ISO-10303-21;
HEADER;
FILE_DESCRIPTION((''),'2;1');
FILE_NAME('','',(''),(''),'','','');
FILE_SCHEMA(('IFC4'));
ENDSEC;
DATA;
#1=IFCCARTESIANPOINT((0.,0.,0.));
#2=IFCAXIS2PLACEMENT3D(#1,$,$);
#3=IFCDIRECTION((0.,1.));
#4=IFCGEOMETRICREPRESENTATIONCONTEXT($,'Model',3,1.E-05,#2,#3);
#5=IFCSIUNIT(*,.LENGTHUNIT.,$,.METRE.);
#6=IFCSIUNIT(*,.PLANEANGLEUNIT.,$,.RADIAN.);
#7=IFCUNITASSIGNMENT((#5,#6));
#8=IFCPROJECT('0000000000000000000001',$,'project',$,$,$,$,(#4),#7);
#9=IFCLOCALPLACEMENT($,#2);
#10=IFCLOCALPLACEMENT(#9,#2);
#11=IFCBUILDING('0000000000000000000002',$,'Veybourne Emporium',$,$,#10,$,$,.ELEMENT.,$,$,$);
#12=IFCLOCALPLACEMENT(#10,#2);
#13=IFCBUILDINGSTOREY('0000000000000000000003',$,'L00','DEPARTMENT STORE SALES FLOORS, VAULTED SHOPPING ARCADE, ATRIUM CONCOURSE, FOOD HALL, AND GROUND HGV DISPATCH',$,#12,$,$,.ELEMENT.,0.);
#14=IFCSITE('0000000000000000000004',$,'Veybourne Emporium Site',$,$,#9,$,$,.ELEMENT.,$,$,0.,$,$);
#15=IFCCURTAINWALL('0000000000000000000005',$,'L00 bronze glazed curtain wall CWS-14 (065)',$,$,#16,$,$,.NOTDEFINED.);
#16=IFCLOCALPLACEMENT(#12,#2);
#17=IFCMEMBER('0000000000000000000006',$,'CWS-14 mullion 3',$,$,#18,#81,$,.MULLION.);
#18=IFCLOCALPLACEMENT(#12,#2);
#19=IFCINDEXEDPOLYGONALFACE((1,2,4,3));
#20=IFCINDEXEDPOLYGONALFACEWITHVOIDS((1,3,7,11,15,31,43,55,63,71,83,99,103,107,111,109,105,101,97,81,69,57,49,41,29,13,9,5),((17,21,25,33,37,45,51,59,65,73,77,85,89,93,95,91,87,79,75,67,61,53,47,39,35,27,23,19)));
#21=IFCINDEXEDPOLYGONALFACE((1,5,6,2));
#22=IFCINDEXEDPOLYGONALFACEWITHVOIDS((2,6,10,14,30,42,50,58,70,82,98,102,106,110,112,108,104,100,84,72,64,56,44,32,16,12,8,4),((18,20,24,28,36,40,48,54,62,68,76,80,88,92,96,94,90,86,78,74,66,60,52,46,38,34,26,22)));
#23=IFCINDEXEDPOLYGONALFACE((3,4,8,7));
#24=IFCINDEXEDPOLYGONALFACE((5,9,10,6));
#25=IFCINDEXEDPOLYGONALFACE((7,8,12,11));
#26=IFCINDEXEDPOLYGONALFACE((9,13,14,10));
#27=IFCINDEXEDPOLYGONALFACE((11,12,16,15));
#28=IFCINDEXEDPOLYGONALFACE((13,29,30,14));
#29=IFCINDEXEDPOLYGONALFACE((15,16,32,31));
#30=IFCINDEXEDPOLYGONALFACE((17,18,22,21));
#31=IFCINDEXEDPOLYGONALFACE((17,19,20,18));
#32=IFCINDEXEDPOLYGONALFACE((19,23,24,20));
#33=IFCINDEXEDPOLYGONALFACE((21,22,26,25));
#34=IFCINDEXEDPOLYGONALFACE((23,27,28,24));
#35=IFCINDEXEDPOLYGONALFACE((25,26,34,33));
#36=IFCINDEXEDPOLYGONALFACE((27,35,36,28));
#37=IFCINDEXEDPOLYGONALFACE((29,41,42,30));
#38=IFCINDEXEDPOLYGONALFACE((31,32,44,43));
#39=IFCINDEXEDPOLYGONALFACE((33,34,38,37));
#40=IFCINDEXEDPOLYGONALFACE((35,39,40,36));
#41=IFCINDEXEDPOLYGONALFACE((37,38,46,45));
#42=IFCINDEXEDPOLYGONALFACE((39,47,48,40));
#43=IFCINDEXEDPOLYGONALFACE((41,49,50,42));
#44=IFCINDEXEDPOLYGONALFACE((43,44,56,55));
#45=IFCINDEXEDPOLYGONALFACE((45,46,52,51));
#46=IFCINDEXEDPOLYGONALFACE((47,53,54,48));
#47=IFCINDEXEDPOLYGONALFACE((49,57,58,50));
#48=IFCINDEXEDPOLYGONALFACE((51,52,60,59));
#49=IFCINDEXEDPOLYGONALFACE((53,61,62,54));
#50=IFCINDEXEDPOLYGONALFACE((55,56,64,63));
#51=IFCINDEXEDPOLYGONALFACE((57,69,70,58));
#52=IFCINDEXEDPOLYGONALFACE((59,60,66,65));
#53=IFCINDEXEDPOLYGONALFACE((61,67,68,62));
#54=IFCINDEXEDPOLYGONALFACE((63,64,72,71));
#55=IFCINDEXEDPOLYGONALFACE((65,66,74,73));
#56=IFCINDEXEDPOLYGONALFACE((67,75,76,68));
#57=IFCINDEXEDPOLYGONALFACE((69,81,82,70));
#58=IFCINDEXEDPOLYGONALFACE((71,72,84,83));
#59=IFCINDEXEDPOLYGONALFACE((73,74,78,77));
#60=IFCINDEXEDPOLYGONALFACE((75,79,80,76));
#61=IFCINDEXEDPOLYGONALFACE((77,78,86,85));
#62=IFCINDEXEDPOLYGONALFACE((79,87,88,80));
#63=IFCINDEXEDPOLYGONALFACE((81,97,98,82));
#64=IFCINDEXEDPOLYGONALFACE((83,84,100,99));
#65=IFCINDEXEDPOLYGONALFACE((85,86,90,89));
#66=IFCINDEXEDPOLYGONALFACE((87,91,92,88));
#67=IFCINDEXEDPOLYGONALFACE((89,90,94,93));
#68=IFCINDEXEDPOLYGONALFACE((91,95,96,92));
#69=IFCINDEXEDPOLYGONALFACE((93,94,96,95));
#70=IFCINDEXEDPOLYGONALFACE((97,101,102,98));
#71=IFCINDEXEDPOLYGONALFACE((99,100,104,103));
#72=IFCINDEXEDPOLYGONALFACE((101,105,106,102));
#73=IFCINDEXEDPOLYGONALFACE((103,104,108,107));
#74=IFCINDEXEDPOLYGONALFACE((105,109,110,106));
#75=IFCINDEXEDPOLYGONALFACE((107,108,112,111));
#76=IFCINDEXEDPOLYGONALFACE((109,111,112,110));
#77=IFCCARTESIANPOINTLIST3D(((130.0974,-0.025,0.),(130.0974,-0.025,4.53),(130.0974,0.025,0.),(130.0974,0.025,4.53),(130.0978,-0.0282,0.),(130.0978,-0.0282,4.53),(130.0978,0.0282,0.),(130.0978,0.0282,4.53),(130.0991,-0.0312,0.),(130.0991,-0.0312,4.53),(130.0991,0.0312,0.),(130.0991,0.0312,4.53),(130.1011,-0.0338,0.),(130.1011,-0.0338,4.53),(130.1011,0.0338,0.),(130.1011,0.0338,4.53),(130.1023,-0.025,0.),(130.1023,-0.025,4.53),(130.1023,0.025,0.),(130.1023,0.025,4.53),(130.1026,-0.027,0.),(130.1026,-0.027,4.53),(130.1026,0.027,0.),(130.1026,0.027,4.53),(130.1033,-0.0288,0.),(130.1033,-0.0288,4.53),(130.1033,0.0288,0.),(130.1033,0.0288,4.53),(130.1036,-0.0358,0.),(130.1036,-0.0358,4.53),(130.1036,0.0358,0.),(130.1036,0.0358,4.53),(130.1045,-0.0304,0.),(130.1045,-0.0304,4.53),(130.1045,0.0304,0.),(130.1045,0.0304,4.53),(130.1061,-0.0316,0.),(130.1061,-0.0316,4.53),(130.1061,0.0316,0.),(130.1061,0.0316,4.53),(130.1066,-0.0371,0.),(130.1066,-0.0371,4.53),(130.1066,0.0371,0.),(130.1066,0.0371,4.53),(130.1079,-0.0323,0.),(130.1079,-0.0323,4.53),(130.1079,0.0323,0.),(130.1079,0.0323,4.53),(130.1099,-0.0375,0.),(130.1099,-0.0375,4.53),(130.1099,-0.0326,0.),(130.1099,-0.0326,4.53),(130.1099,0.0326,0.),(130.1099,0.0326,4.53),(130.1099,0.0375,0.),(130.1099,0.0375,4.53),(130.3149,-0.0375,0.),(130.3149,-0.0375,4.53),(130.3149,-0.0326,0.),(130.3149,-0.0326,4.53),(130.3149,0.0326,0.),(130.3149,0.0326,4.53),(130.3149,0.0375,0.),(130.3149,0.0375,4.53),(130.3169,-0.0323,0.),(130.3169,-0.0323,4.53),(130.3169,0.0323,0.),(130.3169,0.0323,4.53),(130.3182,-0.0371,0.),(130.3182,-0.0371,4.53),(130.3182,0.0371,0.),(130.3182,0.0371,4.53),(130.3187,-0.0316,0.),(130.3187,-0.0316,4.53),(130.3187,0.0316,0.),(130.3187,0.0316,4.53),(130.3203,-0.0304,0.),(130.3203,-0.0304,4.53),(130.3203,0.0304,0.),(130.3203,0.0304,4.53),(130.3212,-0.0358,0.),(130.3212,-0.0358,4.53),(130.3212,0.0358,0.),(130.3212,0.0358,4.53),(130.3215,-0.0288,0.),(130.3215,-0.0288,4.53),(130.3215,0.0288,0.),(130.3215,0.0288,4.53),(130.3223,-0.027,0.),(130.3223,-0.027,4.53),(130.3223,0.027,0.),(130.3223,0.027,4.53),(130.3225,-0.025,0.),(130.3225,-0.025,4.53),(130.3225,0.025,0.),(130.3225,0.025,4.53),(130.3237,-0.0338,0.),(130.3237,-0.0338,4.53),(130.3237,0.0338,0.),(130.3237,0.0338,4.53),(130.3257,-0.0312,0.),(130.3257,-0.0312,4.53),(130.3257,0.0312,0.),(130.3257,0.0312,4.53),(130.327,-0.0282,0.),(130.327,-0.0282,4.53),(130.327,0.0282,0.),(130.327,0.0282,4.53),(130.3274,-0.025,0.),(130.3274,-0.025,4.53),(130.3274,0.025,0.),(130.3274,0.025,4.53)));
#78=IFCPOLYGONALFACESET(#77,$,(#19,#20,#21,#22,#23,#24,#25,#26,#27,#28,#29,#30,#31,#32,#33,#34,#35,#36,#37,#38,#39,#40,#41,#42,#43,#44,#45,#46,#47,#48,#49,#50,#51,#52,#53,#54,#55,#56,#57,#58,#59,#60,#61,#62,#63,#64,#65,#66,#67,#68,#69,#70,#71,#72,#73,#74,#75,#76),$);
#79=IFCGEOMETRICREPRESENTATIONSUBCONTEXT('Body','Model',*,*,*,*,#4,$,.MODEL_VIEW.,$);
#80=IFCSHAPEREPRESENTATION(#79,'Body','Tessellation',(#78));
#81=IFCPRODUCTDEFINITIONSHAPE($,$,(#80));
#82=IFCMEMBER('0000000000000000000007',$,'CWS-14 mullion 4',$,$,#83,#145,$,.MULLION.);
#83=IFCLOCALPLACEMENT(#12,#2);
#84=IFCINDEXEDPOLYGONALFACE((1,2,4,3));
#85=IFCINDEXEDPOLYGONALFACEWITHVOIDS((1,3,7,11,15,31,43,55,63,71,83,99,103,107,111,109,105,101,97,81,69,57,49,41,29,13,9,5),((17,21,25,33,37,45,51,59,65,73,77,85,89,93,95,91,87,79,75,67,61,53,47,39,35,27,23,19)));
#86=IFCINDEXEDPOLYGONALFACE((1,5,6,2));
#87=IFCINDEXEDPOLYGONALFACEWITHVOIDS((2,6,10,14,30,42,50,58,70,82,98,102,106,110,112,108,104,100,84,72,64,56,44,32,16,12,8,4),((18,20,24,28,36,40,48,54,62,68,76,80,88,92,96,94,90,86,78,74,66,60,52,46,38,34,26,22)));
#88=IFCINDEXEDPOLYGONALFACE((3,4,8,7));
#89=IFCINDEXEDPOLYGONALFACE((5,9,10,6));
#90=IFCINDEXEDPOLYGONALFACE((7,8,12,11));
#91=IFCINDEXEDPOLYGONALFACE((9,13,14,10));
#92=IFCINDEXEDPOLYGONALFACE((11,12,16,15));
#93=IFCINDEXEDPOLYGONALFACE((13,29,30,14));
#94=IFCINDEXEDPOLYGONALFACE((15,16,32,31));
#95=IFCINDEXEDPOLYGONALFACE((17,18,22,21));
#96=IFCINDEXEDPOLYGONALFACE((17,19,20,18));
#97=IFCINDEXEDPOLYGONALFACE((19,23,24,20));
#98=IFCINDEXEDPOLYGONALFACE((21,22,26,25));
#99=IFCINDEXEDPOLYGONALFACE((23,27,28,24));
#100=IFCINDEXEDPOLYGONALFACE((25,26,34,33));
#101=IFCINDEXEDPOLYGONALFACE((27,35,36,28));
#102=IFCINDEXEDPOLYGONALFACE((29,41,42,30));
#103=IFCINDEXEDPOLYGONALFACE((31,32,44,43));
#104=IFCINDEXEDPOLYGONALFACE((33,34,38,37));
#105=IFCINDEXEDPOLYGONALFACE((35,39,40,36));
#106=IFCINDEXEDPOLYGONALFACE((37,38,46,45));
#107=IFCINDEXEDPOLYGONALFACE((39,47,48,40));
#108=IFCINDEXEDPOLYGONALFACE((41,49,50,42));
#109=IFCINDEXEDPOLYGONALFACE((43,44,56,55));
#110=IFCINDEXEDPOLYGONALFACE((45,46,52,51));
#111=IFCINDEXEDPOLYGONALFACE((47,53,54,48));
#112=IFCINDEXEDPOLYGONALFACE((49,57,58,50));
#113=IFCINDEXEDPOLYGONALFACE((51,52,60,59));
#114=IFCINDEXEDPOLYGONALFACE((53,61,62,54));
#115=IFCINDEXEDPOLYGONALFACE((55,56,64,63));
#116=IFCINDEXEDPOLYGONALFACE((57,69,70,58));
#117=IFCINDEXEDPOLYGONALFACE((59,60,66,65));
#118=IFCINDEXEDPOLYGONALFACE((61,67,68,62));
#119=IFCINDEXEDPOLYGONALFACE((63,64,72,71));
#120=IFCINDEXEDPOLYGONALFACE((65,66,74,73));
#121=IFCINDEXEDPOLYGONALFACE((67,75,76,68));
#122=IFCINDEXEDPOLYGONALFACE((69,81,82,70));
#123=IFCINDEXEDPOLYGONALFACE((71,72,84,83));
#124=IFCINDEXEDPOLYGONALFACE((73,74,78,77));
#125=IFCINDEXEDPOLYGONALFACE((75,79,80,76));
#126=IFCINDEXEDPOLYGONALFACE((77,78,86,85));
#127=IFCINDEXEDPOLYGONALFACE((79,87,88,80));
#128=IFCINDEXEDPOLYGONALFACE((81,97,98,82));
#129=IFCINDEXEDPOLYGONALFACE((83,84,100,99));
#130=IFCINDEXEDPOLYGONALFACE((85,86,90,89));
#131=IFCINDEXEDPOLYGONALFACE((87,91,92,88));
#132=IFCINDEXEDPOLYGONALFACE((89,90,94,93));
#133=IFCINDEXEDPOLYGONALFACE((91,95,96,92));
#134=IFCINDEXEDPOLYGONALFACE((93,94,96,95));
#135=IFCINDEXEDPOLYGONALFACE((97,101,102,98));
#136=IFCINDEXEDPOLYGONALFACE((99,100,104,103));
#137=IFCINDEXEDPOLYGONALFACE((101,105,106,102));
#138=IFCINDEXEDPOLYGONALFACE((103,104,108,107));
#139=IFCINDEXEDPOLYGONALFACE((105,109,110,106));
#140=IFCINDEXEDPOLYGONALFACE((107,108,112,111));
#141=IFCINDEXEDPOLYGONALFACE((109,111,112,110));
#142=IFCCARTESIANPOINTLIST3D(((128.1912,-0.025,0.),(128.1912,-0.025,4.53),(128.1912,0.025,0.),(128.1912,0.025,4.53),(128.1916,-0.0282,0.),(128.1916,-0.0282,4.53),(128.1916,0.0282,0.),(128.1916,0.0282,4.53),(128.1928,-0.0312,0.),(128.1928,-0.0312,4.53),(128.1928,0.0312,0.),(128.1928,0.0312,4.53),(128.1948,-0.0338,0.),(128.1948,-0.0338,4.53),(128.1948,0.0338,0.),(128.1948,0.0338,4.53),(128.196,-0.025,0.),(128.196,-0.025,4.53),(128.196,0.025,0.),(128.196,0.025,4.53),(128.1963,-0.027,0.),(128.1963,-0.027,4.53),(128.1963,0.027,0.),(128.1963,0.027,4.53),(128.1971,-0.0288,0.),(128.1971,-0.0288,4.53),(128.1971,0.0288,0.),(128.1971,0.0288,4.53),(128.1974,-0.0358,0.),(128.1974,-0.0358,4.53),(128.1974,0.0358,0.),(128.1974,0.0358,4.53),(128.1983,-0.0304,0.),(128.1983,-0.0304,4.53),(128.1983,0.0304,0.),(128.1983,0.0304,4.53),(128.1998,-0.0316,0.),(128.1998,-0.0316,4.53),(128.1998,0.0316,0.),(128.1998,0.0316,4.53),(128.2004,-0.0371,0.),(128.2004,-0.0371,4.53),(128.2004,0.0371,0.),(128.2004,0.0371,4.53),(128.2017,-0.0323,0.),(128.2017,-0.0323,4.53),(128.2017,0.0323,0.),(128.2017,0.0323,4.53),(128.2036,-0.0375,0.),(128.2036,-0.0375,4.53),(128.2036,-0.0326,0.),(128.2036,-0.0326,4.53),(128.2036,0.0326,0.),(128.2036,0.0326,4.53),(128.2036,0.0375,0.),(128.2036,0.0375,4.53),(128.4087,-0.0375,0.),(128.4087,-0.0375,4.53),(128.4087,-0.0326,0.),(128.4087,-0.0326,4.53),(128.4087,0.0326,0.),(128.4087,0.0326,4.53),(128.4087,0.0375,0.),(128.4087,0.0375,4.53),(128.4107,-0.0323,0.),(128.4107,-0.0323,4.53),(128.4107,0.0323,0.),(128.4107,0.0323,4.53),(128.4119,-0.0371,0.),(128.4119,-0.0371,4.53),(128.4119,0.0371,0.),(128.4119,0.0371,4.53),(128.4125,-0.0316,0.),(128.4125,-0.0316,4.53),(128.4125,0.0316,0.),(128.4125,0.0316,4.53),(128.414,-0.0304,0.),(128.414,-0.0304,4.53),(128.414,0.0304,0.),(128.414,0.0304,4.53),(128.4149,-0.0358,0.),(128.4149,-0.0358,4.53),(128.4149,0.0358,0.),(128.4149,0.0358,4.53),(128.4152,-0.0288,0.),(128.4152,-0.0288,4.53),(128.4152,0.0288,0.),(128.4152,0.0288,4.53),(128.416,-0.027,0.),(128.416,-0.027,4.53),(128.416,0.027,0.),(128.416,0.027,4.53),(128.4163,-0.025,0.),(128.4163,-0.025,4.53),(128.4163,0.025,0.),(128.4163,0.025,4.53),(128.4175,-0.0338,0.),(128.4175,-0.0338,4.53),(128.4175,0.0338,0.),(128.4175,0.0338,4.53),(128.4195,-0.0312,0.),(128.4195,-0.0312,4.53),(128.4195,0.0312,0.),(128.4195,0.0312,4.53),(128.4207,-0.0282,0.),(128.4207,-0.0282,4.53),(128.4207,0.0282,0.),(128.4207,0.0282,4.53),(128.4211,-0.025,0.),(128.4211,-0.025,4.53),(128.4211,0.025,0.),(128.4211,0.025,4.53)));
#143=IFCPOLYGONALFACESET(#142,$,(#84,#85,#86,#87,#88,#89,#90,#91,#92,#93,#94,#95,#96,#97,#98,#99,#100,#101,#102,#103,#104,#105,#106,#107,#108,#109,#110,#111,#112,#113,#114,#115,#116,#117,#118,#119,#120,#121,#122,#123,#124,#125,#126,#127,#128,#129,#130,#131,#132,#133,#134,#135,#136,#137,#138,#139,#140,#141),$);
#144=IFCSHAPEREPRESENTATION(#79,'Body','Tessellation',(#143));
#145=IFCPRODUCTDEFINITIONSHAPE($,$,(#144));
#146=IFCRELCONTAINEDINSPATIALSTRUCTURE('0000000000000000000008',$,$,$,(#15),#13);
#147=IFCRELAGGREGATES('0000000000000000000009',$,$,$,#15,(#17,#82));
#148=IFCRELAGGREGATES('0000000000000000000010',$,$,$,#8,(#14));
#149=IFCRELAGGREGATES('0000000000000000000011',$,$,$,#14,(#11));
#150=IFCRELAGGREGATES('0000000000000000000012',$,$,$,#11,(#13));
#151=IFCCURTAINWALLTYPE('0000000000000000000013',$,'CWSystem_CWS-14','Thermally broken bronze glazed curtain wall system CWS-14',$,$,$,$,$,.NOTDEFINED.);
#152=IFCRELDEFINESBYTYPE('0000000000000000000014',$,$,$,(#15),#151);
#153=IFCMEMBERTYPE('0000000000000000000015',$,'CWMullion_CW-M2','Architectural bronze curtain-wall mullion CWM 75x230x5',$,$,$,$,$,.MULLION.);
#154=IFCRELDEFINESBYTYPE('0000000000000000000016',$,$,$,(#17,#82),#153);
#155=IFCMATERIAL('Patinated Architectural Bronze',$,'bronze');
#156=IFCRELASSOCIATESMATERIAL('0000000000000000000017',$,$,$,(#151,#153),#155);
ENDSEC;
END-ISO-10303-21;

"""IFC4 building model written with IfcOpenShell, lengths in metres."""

from ifc_helpers import new_model, si_unit, direction, frame, origin, origin_2d, place, context, subcontext, project, spatial, hollow_rectangle, extrude, material, material_profile, profile_set, type_object, element, aggregate, save


model = new_model("IFC4")

# Units and contexts
model_context = context("Model", 3, precision=1e-05, world=origin(), true_north=direction((0.0, 1.0)))
body_context = subcontext(model_context, "Body", "Model", "MODEL_VIEW")
ifc_project = project(units=[si_unit("LENGTHUNIT", "METRE"), si_unit("PLANEANGLEUNIT", "RADIAN")], contexts=[model_context])

# Site, building, storey
site_placement = place(None, origin())
site = spatial("IfcSite", under=ifc_project, at=site_placement, Name="Veybourne Emporium Site", CompositionType="ELEMENT", RefElevation=0.0)
building_placement = place(site_placement, origin())
building = spatial("IfcBuilding", under=site, at=building_placement, Name="Veybourne Emporium", CompositionType="ELEMENT")
storey_placement = place(building_placement, origin())
storey = spatial("IfcBuildingStorey", under=building, at=storey_placement, Name="L00", Description="DEPARTMENT STORE SALES FLOORS, VAULTED SHOPPING ARCADE, ATRIUM CONCOURSE, FOOD HALL, AND GROUND HGV DISPATCH", CompositionType="ELEMENT", Elevation=0.0)

# Curtain wall, members
ifc_material_1 = material(Name="Patinated Architectural Bronze", Category="bronze")
curtain_wall_type = type_object("IfcCurtainWallType", Name="CWSystem_CWS-14", Description="Thermally broken bronze glazed curtain wall system CWS-14", PredefinedType="NOTDEFINED", material=ifc_material_1)
curtain_wall_placement = place(storey_placement, origin())
curtain_wall = element("IfcCurtainWall", 1, at=curtain_wall_placement, inside=storey, type_object=curtain_wall_type, Name="L00 bronze glazed curtain wall CWS-14 (065)", PredefinedType="NOTDEFINED")
ifc_material_profile_1 = material_profile(ifc_material_1, hollow_rectangle(XDim=0.075, YDim=0.23, WallThickness=0.0049, InnerFilletRadius=0.0076, OuterFilletRadius=0.0125, at=origin_2d()), Name="CWM 75x230x5")
ifc_profile_set_1 = profile_set([ifc_material_profile_1], Name="Patinated Architectural Bronze")
member_type_1 = type_object("IfcMemberType", Name="CWMullion_CW-M2", Description="Architectural bronze curtain-wall mullion CWM 75x230x5", PredefinedType="MULLION", material=ifc_profile_set_1)
member_1_placement = place(storey_placement, frame((130.2124, 0.0, 0.0), z_axis=(0.0, 0.0, 1.0), x_axis=(0.0, -1.0, 0.0)))
member_1 = element("IfcMember", 2, at=member_1_placement, type_object=member_type_1, Name="CWS-14 mullion 3", PredefinedType="MULLION", context=body_context, shape_type="SweptSolid", body=[
    extrude(hollow_rectangle(XDim=0.075, YDim=0.23, WallThickness=0.0049, InnerFilletRadius=0.0076, OuterFilletRadius=0.0125, at=origin_2d()), origin(), (0.0, 0.0, 1.0), 4.53),
])
member_2_placement = place(storey_placement, frame((128.3062, 0.0, 0.0), z_axis=(0.0, 0.0, 1.0), x_axis=(0.0, -1.0, 0.0)))
member_2 = element("IfcMember", 3, at=member_2_placement, type_object=member_type_1, Name="CWS-14 mullion 4", PredefinedType="MULLION", context=body_context, shape_type="SweptSolid", body=[
    extrude(hollow_rectangle(XDim=0.075, YDim=0.23, WallThickness=0.0049, InnerFilletRadius=0.0076, OuterFilletRadius=0.0125, at=origin_2d()), origin(), (0.0, 0.0, 1.0), 4.53),
])

aggregate(curtain_wall, [member_1, member_2])

save(model, "model.ifc")
